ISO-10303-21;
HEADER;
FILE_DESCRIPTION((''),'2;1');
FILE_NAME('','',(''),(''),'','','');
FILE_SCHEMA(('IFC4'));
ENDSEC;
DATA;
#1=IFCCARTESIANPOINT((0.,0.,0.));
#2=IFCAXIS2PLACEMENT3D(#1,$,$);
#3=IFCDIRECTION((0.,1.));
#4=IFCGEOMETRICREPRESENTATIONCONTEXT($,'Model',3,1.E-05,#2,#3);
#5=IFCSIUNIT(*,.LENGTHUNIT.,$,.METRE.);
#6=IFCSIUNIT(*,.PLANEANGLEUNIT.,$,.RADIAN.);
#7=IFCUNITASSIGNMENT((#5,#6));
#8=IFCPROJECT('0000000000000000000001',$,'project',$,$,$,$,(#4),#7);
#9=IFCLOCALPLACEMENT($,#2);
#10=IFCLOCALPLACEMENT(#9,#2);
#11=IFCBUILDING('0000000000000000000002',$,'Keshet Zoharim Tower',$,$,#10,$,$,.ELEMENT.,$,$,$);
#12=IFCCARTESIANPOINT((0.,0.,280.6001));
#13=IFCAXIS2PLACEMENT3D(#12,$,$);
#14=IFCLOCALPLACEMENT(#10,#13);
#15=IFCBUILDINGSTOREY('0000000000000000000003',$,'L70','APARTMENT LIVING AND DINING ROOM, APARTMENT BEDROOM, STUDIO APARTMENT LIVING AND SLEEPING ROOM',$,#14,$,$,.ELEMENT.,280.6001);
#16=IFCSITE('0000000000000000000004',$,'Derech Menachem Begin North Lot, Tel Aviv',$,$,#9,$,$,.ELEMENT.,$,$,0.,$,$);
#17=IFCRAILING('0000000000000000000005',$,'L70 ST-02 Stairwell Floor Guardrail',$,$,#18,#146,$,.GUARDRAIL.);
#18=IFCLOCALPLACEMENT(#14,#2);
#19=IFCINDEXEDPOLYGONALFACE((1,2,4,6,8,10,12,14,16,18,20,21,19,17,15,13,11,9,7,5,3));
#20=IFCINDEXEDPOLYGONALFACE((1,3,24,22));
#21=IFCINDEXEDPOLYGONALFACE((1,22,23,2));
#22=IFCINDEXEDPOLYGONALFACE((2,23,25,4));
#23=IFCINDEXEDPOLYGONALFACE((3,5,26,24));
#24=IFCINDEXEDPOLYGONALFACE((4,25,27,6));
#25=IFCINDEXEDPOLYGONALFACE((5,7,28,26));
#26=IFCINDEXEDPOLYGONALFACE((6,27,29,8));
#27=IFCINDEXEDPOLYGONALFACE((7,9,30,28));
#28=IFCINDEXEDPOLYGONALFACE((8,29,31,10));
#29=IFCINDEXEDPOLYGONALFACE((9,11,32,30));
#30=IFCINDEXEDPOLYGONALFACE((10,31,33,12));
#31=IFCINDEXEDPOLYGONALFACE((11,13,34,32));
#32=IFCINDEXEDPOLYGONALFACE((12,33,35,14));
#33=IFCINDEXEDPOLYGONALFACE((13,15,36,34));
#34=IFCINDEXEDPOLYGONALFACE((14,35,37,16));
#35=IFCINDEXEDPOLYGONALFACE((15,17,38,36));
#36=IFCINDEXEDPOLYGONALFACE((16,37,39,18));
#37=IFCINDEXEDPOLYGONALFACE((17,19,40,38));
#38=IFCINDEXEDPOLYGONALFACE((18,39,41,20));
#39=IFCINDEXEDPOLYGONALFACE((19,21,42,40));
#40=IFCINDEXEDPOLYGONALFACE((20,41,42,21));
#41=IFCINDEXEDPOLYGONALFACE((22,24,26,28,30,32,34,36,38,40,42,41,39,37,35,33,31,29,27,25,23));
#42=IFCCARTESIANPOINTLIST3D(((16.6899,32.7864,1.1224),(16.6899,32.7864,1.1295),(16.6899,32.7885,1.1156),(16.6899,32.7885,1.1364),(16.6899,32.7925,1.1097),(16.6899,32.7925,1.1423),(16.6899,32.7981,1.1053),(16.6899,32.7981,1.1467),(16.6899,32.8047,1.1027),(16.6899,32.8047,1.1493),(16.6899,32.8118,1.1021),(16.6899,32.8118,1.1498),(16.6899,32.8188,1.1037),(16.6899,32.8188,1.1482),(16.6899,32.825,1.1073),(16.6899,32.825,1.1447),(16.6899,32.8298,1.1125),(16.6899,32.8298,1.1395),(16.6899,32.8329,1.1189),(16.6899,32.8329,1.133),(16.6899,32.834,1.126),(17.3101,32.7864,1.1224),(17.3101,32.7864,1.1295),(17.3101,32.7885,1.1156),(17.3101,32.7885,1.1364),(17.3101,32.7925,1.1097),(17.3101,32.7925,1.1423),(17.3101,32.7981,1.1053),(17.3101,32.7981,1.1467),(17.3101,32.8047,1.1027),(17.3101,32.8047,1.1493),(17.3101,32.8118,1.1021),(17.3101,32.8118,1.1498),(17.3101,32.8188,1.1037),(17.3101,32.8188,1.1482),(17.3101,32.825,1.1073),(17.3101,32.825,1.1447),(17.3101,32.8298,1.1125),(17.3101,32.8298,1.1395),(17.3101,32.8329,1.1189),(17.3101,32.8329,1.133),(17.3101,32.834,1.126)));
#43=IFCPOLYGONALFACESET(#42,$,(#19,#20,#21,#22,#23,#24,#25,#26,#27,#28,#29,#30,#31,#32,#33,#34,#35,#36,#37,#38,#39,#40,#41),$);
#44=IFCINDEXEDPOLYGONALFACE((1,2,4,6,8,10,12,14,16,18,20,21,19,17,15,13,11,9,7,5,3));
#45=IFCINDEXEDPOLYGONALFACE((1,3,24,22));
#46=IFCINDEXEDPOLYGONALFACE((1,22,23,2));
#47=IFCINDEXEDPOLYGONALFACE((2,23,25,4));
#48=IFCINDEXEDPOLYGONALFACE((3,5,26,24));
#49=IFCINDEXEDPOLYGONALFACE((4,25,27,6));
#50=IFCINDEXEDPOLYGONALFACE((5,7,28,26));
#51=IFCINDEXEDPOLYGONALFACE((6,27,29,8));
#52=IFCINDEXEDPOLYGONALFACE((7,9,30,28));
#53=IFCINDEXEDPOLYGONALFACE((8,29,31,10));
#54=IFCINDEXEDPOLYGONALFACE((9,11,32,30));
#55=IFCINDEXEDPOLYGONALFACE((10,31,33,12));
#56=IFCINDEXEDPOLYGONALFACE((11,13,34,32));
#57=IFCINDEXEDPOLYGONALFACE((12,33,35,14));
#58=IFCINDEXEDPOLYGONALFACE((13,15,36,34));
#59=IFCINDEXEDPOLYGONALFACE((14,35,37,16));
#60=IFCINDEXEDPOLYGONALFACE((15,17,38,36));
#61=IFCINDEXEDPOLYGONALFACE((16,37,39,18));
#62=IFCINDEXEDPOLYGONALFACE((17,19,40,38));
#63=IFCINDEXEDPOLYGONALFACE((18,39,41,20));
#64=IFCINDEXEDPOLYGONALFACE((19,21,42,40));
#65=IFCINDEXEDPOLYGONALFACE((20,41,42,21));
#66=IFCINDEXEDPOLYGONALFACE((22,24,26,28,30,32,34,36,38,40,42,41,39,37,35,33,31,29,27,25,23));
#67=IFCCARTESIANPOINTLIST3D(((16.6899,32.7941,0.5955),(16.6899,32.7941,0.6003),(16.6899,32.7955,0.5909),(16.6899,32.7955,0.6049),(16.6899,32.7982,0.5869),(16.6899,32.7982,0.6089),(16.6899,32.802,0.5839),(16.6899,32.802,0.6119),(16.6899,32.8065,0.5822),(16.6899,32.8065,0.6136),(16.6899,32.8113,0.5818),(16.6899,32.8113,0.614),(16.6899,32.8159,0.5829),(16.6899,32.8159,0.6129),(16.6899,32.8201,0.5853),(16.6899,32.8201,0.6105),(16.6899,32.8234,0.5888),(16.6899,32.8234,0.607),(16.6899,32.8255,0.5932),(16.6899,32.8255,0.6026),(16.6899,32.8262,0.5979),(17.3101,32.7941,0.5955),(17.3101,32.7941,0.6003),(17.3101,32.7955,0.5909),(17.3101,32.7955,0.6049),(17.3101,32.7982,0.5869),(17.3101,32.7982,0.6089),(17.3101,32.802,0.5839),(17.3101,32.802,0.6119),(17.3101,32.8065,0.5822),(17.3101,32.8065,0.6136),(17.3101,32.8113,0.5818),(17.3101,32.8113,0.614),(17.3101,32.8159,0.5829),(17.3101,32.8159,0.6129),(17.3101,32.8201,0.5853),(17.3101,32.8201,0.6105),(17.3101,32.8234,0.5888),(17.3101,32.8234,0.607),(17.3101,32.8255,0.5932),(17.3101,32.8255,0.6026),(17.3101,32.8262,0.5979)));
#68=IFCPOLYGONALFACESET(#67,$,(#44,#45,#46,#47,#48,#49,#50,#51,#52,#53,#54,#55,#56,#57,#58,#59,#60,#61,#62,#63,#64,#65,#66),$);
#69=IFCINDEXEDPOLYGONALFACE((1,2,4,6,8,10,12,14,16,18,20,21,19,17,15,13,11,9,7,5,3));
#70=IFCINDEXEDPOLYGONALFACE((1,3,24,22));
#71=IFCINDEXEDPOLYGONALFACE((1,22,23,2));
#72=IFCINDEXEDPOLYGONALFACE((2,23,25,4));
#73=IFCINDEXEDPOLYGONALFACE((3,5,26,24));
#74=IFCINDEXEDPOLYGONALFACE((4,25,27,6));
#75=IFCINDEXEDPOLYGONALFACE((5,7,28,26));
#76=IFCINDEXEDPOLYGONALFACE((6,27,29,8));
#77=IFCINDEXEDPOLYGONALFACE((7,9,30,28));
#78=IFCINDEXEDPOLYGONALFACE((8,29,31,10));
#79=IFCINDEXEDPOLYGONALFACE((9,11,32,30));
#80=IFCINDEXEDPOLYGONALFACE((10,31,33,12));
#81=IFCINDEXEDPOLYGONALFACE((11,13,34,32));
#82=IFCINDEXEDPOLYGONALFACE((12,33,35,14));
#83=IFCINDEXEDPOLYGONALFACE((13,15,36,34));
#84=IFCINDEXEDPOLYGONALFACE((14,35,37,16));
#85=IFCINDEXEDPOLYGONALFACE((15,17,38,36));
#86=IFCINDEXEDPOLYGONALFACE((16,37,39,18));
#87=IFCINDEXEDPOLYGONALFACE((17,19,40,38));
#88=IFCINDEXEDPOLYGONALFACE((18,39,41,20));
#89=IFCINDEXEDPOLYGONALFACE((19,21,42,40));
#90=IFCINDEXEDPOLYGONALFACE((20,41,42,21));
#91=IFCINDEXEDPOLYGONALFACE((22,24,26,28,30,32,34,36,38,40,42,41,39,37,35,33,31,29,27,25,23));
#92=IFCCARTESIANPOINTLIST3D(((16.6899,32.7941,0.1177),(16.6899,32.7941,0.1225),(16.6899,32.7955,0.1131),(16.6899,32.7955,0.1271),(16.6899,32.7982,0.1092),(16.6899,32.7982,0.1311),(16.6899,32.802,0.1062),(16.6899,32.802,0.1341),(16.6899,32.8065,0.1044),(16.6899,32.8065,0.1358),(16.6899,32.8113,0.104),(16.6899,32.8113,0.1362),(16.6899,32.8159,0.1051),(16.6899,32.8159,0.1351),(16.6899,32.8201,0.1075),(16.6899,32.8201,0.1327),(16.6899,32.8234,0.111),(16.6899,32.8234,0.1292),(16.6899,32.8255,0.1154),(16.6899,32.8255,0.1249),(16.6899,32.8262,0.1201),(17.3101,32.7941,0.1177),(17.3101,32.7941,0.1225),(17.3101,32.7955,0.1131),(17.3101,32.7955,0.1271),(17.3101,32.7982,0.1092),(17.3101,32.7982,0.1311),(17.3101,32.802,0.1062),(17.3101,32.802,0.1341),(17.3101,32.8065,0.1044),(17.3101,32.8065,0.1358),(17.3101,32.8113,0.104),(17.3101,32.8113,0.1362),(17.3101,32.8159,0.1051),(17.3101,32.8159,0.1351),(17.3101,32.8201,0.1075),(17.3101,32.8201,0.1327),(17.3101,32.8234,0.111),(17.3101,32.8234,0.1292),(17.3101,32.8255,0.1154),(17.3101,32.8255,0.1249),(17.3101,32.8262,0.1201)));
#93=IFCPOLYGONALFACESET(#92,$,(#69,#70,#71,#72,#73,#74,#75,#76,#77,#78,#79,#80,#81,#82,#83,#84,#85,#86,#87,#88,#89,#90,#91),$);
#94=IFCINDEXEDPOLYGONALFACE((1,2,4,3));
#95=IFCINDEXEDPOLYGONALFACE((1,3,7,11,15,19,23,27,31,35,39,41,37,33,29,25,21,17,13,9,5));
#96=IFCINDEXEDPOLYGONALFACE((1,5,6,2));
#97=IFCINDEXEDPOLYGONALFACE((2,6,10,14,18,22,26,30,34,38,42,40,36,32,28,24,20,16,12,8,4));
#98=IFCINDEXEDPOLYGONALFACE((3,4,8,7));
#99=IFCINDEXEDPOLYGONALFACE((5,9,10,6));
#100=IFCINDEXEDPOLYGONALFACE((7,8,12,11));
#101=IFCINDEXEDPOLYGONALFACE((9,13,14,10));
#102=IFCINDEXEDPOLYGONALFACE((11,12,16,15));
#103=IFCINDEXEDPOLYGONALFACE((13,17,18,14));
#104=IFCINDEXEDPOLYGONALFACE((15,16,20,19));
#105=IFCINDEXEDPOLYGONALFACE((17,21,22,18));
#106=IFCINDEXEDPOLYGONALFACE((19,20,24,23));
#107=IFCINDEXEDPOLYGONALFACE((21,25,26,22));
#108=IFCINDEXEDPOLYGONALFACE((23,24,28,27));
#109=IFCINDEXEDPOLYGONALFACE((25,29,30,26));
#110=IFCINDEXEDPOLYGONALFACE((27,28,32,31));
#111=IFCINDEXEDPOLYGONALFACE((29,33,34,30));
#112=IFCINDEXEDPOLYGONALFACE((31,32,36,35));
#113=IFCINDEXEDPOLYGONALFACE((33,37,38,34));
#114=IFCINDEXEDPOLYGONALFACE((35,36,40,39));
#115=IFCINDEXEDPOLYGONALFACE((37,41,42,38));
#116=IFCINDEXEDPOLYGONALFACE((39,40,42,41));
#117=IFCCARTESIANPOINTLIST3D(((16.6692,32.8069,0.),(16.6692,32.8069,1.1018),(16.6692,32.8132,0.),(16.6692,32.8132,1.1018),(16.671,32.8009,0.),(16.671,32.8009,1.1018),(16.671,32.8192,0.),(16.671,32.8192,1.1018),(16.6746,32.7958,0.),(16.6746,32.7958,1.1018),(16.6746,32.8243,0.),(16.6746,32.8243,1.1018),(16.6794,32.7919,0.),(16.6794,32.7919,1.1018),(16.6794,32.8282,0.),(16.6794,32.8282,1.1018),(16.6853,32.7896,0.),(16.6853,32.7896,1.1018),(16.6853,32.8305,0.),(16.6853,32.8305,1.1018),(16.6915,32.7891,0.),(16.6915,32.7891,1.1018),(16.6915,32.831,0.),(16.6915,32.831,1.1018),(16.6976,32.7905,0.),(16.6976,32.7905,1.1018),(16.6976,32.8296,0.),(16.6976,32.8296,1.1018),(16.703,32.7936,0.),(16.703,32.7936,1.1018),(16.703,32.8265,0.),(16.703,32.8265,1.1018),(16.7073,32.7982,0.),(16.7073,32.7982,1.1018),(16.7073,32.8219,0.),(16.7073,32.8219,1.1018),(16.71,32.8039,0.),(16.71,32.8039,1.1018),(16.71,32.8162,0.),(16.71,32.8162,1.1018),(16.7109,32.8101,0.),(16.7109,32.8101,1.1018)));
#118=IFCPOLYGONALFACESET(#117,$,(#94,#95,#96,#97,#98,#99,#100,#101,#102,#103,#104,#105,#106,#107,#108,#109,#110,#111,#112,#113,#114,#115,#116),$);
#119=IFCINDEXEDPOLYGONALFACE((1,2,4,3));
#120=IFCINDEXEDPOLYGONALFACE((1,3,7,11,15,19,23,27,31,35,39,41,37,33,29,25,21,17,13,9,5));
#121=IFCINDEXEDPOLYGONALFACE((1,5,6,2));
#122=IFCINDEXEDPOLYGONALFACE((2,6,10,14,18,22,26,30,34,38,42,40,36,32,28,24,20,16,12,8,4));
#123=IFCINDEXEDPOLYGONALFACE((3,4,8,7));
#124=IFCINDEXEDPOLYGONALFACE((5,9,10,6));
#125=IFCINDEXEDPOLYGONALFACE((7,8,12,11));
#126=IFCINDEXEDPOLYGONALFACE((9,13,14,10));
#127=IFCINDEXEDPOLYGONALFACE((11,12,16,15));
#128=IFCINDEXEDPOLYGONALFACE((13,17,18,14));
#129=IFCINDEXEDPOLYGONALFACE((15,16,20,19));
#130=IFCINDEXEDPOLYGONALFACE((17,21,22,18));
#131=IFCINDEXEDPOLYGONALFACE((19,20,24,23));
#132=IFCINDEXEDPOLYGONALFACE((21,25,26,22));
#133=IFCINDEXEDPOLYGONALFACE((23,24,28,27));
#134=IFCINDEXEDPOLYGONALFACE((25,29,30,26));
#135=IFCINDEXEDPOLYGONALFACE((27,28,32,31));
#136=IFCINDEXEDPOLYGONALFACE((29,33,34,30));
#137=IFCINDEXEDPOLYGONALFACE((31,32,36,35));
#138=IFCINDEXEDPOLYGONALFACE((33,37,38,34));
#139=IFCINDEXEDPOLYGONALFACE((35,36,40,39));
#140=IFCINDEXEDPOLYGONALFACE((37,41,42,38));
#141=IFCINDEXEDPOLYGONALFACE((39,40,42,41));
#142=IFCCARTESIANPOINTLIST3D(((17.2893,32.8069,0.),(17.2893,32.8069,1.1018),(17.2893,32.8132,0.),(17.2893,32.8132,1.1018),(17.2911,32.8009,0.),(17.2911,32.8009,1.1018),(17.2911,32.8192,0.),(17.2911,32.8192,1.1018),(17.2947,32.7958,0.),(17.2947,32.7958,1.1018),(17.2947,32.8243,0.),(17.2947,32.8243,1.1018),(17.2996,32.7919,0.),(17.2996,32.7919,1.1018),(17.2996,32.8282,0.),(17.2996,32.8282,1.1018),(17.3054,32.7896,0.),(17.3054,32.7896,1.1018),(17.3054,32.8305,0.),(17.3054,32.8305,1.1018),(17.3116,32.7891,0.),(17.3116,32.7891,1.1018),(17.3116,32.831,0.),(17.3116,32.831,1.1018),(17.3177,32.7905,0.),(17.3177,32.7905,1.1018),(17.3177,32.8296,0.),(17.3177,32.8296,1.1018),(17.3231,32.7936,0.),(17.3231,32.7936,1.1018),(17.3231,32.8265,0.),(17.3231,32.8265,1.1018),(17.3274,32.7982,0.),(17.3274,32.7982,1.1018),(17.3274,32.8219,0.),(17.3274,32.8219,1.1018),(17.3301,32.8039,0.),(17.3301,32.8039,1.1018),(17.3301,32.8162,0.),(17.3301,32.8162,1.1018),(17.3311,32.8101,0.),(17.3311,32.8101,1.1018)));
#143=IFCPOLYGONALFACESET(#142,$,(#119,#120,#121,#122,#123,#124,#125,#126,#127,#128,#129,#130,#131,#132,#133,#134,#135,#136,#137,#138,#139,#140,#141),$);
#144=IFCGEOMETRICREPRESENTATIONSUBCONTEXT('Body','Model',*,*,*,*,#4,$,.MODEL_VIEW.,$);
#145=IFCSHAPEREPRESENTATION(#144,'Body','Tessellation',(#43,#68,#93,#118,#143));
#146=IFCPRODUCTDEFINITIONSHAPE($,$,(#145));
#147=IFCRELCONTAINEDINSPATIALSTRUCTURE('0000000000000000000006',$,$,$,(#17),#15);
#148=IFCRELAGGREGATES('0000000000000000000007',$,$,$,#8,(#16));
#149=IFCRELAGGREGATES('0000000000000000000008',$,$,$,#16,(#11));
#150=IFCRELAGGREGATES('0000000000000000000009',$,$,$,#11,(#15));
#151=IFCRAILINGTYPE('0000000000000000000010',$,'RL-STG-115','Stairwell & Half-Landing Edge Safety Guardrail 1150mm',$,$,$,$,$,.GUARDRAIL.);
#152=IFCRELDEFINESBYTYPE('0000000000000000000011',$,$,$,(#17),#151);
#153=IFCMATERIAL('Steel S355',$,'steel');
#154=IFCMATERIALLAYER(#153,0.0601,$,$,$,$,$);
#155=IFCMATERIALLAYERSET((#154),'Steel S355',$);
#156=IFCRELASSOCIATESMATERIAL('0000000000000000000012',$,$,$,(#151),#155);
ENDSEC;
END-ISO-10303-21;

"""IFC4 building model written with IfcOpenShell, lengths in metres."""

from ifc_helpers import new_model, si_unit, direction, frame, origin, origin_2d, place, context, subcontext, project, spatial, circle, extrude, material, layer, layer_set, type_object, element, save


model = new_model("IFC4")

# Units and contexts
model_context = context("Model", 3, precision=1e-05, world=origin(), true_north=direction((0.0, 1.0)))
body_context = subcontext(model_context, "Body", "Model", "MODEL_VIEW")
ifc_project = project(units=[si_unit("LENGTHUNIT", "METRE"), si_unit("PLANEANGLEUNIT", "RADIAN")], contexts=[model_context])

# Site, building, storey
site_placement = place(None, origin())
site = spatial("IfcSite", under=ifc_project, at=site_placement, Name="Derech Menachem Begin North Lot, Tel Aviv", CompositionType="ELEMENT", RefElevation=0.0)
building_placement = place(site_placement, origin())
building = spatial("IfcBuilding", under=site, at=building_placement, Name="Keshet Zoharim Tower", CompositionType="ELEMENT")
storey_placement = place(building_placement, frame((0.0, 0.0, 280.6001)))
storey = spatial("IfcBuildingStorey", under=building, at=storey_placement, Name="L70", Description="APARTMENT LIVING AND DINING ROOM, APARTMENT BEDROOM, STUDIO APARTMENT LIVING AND SLEEPING ROOM", CompositionType="ELEMENT", Elevation=280.6001)

# Shared definitions
ifc_material_1 = material(Name="Steel S355", Category="steel")

# Railing
ifc_layer_1 = layer(ifc_material_1, 0.0601)
ifc_layer_set_1 = layer_set([ifc_layer_1], Name="Steel S355")
railing_type_1 = type_object("IfcRailingType", Name="RL-STG-115", Description="Stairwell & Half-Landing Edge Safety Guardrail 1150mm", PredefinedType="GUARDRAIL", material=ifc_layer_set_1)
railing_1_placement = place(storey_placement, frame((16.6899, 32.8101, 0.0)))
element("IfcRailing", 1, at=railing_1_placement, inside=storey, type_object=railing_type_1, Name="L70 ST-02 Stairwell Floor Guardrail", PredefinedType="GUARDRAIL", context=body_context, shape_type="SweptSolid", body=[
    extrude(circle(Radius=0.0239, at=origin_2d()), frame((0.0, 0.0, 1.126), z_axis=(1.0, 0.0, 0.0), x_axis=(0.0, 1.0, 0.0)), (0.0, 0.0, 1.0), 0.6201),
    extrude(circle(Radius=0.0161, at=origin_2d()), frame((0.0, 0.0, 0.5979), z_axis=(1.0, 0.0, 0.0), x_axis=(0.0, 1.0, 0.0)), (0.0, 0.0, 1.0), 0.6201),
    extrude(circle(Radius=0.0161, at=origin_2d()), frame((0.0, 0.0, 0.1201), z_axis=(1.0, 0.0, 0.0), x_axis=(0.0, 1.0, 0.0)), (0.0, 0.0, 1.0), 0.6201),
    extrude(circle(Radius=0.021, at=origin_2d()), origin(), (0.0, 0.0, 1.0), 1.1018),
    extrude(circle(Radius=0.021, at=origin_2d()), frame((0.6201, 0.0, 0.0)), (0.0, 0.0, 1.0), 1.1018),
])

save(model, "model.ifc")
